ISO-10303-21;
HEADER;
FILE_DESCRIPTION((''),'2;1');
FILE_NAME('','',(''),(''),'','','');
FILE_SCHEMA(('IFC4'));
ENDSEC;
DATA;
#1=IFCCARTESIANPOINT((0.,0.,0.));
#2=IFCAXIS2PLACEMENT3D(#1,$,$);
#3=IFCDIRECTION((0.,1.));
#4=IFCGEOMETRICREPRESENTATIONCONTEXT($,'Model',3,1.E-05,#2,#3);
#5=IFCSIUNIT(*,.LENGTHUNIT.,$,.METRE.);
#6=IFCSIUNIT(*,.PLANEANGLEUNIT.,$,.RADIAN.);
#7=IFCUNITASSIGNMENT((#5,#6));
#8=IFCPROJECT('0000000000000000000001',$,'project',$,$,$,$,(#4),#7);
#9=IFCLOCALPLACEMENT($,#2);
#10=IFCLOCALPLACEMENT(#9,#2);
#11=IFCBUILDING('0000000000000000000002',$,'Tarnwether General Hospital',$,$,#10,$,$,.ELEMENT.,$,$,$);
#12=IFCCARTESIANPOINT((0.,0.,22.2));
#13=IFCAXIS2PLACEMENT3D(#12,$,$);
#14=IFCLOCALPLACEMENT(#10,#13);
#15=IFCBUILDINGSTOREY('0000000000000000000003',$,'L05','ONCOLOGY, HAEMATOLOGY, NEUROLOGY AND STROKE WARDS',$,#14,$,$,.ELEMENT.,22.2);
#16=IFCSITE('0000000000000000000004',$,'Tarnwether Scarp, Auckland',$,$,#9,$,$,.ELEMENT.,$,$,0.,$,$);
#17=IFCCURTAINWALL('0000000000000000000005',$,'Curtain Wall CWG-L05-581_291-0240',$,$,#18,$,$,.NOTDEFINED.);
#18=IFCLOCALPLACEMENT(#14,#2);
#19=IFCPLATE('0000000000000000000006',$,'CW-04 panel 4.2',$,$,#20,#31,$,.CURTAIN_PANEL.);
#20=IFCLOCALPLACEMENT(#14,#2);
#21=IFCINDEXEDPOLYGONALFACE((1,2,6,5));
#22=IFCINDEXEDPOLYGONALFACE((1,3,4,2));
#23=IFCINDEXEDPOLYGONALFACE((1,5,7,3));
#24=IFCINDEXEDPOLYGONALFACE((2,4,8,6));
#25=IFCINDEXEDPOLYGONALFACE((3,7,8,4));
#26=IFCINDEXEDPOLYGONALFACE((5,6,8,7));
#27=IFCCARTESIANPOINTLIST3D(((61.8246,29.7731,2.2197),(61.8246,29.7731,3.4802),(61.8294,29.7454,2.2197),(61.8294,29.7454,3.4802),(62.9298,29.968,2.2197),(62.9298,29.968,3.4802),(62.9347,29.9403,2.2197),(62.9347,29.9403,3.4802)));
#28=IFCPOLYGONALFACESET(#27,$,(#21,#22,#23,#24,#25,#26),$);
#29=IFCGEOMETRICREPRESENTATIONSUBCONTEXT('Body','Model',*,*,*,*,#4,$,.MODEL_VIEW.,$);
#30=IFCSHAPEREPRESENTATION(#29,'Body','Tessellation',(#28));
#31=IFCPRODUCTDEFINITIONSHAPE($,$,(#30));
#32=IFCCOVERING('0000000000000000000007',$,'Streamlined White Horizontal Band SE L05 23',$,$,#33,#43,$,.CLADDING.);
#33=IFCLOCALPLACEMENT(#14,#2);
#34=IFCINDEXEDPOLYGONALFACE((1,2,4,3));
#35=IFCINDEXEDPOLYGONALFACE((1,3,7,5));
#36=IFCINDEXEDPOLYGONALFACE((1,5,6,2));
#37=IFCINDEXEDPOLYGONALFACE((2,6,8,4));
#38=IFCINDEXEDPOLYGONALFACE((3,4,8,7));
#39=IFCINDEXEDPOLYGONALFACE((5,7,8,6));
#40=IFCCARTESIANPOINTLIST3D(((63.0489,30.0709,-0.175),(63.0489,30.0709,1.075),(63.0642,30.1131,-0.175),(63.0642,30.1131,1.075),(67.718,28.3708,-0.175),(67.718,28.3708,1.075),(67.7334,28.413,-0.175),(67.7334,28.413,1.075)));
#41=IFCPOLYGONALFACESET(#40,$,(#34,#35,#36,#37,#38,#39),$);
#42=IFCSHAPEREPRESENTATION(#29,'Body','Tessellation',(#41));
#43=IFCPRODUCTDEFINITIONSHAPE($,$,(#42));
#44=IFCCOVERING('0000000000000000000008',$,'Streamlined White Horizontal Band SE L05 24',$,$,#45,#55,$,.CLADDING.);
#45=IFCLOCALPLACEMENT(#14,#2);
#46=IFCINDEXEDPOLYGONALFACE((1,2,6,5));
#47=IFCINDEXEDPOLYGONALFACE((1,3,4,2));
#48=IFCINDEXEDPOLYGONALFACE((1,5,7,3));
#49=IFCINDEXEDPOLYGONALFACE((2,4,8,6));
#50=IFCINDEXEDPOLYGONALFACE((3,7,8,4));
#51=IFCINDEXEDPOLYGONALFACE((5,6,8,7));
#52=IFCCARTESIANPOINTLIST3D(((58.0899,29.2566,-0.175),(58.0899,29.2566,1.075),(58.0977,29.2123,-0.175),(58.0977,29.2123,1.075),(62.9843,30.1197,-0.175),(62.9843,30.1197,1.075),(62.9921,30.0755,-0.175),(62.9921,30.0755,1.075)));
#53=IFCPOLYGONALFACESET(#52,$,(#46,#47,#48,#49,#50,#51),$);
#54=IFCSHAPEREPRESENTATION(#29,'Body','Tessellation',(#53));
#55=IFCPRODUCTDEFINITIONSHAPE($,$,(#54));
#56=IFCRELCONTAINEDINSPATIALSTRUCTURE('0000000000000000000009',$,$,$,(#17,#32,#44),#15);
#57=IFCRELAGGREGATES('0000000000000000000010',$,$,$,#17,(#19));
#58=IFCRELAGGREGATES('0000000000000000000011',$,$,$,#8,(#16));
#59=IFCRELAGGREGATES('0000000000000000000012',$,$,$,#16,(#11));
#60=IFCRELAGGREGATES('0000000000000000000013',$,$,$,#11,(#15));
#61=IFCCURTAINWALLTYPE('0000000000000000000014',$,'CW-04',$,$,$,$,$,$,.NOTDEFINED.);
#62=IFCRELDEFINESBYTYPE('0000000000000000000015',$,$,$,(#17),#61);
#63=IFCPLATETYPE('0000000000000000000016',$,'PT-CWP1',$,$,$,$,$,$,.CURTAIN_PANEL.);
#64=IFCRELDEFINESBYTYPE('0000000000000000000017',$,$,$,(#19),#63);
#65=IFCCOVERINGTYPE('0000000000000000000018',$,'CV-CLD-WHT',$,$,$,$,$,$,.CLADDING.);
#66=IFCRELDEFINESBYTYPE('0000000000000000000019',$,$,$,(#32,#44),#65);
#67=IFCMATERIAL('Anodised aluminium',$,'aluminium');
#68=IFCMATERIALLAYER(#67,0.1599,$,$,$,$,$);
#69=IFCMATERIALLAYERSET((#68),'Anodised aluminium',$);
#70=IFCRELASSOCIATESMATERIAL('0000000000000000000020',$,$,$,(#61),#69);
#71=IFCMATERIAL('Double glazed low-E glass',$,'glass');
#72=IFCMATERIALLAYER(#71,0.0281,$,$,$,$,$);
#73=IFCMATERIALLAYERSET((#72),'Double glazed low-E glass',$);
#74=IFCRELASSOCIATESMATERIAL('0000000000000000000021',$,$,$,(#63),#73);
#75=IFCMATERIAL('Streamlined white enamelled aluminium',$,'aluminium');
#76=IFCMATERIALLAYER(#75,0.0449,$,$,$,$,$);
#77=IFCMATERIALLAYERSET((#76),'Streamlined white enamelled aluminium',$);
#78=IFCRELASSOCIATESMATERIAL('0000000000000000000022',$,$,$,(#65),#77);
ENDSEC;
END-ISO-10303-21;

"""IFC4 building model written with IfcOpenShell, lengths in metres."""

from ifc_helpers import new_model, si_unit, direction, frame, origin, origin_2d, place, context, subcontext, project, spatial, rectangle, extrude, material, layer, layer_set, type_object, element, aggregate, save


model = new_model("IFC4")

# Units and contexts
model_context = context("Model", 3, precision=1e-05, world=origin(), true_north=direction((0.0, 1.0)))
body_context = subcontext(model_context, "Body", "Model", "MODEL_VIEW")
ifc_project = project(units=[si_unit("LENGTHUNIT", "METRE"), si_unit("PLANEANGLEUNIT", "RADIAN")], contexts=[model_context])

# Site, building, storey
site_placement = place(None, origin())
site = spatial("IfcSite", under=ifc_project, at=site_placement, Name="Tarnwether Scarp, Auckland", CompositionType="ELEMENT", RefElevation=0.0)
building_placement = place(site_placement, origin())
building = spatial("IfcBuilding", under=site, at=building_placement, Name="Tarnwether General Hospital", CompositionType="ELEMENT")
storey_placement = place(building_placement, frame((0.0, 0.0, 22.2)))
storey = spatial("IfcBuildingStorey", under=building, at=storey_placement, Name="L05", Description="ONCOLOGY, HAEMATOLOGY, NEUROLOGY AND STROKE WARDS", CompositionType="ELEMENT", Elevation=22.2)

# Shared definitions
ifc_material_1 = material(Name="Anodised aluminium", Category="aluminium")
ifc_layer_1 = layer(ifc_material_1, 0.1599)
ifc_layer_set_1 = layer_set([ifc_layer_1], Name="Anodised aluminium")
curtain_wall_type = type_object("IfcCurtainWallType", Name="CW-04", PredefinedType="NOTDEFINED", material=ifc_layer_set_1)

# Curtain wall
curtain_wall_1_placement = place(storey_placement, origin())
curtain_wall_1 = element("IfcCurtainWall", 1, at=curtain_wall_1_placement, inside=storey, type_object=curtain_wall_type, Name="Curtain Wall CWG-L05-581_291-0240", PredefinedType="NOTDEFINED")

# Plate
ifc_material_2 = material(Name="Double glazed low-E glass", Category="glass")
ifc_layer_2 = layer(ifc_material_2, 0.0281)
ifc_layer_set_2 = layer_set([ifc_layer_2], Name="Double glazed low-E glass")
plate_type = type_object("IfcPlateType", Name="PT-CWP1", PredefinedType="CURTAIN_PANEL", material=ifc_layer_set_2)
plate_1_placement = place(storey_placement, frame((62.3796, 29.8567, 2.2197), z_axis=(0.0, 0.0, 1.0), x_axis=(0.984806, 0.173659, 0.0)))
plate_1 = element("IfcPlate", 2, at=plate_1_placement, type_object=plate_type, Name="CW-04 panel 4.2", PredefinedType="CURTAIN_PANEL", context=body_context, shape_type="SweptSolid", body=[
    extrude(rectangle(XDim=1.1223, YDim=0.0281, at=origin_2d()), origin(), (0.0, 0.0, 1.0), 1.2605),
])
aggregate(curtain_wall_1, [plate_1])

# Coverings
ifc_material_3 = material(Name="Streamlined white enamelled aluminium", Category="aluminium")
ifc_layer_3 = layer(ifc_material_3, 0.0449)
ifc_layer_set_3 = layer_set([ifc_layer_3], Name="Streamlined white enamelled aluminium")
covering_type = type_object("IfcCoveringType", Name="CV-CLD-WHT", PredefinedType="CLADDING", material=ifc_layer_set_3)
covering_1_placement = place(storey_placement, frame((65.3911, 29.2419, -0.175), z_axis=(0.0, 0.0, 1.0), x_axis=(0.939651, -0.342135, 0.0)))
element("IfcCovering", 3, at=covering_1_placement, inside=storey, type_object=covering_type, Name="Streamlined White Horizontal Band SE L05 23", PredefinedType="CLADDING", context=body_context, shape_type="SweptSolid", body=[
    extrude(rectangle(XDim=4.969, YDim=0.0449, at=origin_2d()), origin(), (0.0, 0.0, 1.0), 1.25),
])
covering_2_placement = place(storey_placement, frame((60.541, 29.666, -0.175), z_axis=(0.0, 0.0, 1.0), x_axis=(0.984805, 0.173665, 0.0)))
element("IfcCovering", 4, at=covering_2_placement, inside=storey, type_object=covering_type, Name="Streamlined White Horizontal Band SE L05 24", PredefinedType="CLADDING", context=body_context, shape_type="SweptSolid", body=[
    extrude(rectangle(XDim=4.97, YDim=0.0449, at=origin_2d()), origin(), (0.0, 0.0, 1.0), 1.25),
])

save(model, "model.ifc")
